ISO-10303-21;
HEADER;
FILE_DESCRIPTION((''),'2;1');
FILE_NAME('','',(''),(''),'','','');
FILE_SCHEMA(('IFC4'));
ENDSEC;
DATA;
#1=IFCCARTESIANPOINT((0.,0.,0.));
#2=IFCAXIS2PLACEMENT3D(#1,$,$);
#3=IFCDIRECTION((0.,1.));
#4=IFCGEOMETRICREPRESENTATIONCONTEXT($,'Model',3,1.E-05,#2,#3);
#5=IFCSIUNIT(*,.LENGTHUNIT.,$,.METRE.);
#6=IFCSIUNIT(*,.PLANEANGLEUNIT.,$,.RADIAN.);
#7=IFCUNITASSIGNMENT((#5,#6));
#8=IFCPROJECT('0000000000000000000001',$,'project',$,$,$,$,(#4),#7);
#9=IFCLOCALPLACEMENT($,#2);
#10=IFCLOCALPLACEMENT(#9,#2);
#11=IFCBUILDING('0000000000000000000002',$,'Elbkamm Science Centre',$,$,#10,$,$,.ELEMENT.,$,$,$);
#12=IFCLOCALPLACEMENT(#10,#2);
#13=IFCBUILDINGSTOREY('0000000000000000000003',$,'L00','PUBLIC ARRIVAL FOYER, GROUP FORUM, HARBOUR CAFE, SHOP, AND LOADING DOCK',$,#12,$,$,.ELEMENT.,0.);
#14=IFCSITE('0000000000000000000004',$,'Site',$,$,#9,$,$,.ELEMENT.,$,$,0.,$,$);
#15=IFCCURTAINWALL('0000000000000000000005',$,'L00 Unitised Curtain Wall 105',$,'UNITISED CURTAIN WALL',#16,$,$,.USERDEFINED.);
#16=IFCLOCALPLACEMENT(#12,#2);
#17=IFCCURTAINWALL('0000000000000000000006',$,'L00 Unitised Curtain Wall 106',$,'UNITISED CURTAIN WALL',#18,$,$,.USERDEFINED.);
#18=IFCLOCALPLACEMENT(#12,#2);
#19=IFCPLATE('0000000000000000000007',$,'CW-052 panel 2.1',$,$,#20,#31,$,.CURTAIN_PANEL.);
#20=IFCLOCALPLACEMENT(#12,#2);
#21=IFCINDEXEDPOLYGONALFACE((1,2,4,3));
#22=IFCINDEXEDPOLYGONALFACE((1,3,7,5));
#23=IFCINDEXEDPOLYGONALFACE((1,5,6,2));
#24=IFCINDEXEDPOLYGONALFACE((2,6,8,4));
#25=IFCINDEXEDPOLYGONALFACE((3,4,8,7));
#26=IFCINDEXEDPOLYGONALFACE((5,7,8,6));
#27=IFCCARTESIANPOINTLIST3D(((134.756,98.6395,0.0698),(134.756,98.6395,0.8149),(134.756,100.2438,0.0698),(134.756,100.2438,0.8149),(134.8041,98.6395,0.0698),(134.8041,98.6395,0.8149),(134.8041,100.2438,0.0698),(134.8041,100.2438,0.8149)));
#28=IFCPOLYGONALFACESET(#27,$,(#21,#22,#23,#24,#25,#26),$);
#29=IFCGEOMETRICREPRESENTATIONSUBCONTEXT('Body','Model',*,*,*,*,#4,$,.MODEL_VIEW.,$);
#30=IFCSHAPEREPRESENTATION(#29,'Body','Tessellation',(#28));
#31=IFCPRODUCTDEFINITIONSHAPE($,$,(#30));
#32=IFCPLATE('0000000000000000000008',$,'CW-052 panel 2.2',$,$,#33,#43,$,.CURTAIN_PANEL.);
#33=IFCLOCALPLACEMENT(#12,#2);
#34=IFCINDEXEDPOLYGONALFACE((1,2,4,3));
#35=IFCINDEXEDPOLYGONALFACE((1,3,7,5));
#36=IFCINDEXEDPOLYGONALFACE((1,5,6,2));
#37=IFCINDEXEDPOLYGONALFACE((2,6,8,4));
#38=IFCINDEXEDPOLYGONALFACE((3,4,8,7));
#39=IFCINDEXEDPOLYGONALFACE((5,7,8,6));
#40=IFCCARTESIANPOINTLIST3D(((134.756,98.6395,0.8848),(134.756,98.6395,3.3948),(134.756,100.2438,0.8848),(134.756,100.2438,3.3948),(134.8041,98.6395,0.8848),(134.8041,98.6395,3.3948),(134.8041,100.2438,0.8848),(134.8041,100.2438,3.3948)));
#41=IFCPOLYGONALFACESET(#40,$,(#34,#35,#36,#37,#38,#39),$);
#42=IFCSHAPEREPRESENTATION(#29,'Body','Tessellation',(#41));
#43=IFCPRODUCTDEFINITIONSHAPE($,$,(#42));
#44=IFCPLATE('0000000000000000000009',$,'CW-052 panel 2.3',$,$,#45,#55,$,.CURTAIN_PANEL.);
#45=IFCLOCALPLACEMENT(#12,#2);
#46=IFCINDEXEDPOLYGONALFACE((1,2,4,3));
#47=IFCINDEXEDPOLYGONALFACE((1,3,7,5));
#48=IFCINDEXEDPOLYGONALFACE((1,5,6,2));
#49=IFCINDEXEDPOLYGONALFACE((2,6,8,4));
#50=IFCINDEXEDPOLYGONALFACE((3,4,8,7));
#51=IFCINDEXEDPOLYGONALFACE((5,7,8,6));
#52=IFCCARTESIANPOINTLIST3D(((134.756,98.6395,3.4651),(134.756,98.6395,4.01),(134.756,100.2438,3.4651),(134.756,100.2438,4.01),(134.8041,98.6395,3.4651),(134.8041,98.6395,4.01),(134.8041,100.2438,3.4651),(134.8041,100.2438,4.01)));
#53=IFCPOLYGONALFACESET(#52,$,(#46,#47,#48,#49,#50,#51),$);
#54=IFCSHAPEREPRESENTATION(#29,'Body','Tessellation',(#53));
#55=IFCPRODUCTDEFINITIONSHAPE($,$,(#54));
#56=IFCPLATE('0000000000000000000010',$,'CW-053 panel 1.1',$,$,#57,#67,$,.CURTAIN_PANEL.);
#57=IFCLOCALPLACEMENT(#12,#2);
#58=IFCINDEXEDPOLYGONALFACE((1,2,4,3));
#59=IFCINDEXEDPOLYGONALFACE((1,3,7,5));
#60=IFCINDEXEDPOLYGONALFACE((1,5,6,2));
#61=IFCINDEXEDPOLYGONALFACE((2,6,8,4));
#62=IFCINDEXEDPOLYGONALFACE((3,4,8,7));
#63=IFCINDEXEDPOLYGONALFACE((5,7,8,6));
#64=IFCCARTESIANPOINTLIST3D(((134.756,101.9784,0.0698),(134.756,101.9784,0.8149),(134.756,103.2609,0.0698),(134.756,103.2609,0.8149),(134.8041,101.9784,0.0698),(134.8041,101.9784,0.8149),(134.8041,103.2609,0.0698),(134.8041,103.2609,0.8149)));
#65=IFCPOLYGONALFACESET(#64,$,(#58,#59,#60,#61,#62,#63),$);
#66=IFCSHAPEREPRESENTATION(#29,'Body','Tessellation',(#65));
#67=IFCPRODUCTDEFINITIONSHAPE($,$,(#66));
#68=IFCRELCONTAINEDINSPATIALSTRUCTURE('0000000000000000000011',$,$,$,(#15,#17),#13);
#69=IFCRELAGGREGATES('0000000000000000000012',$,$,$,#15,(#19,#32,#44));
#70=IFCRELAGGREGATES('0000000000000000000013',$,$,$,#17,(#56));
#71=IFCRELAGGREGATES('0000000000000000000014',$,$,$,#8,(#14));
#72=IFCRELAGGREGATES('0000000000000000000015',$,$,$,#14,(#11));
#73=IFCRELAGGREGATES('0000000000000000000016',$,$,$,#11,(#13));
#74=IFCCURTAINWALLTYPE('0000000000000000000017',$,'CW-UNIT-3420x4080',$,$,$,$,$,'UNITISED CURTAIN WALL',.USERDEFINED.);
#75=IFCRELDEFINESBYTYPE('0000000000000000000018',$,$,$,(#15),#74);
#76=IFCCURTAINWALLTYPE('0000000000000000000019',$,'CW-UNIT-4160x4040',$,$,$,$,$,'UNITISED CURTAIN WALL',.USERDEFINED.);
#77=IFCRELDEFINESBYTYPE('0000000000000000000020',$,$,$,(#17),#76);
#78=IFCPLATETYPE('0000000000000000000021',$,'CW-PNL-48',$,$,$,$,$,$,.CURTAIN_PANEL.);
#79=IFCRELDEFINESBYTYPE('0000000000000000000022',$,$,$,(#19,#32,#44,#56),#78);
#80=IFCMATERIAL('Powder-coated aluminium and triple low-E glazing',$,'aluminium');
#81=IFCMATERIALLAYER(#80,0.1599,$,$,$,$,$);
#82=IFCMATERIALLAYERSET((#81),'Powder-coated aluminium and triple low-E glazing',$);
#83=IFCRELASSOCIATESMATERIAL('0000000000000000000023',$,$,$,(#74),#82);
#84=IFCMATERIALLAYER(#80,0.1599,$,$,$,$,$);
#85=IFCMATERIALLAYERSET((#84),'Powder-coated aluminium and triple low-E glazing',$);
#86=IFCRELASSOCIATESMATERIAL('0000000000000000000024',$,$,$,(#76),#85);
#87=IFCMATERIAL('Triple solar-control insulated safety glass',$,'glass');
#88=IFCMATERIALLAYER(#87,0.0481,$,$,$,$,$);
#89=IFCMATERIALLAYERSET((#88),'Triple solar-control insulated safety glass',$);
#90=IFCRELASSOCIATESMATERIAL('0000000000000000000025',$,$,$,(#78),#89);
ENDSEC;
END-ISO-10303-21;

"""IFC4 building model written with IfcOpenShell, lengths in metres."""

from ifc_helpers import new_model, si_unit, direction, frame, origin, origin_2d, place, context, subcontext, project, spatial, rectangle, extrude, material, layer, layer_set, type_object, element, aggregate, save


model = new_model("IFC4")

# Units and contexts
model_context = context("Model", 3, precision=1e-05, world=origin(), true_north=direction((0.0, 1.0)))
body_context = subcontext(model_context, "Body", "Model", "MODEL_VIEW")
ifc_project = project(units=[si_unit("LENGTHUNIT", "METRE"), si_unit("PLANEANGLEUNIT", "RADIAN")], contexts=[model_context])

# Site, building, storey
site_placement = place(None, origin())
site = spatial("IfcSite", under=ifc_project, at=site_placement, Name="Site", CompositionType="ELEMENT", RefElevation=0.0)
building_placement = place(site_placement, origin())
building = spatial("IfcBuilding", under=site, at=building_placement, Name="Elbkamm Science Centre", CompositionType="ELEMENT")
storey_placement = place(building_placement, origin())
storey = spatial("IfcBuildingStorey", under=building, at=storey_placement, Name="L00", Description="PUBLIC ARRIVAL FOYER, GROUP FORUM, HARBOUR CAFE, SHOP, AND LOADING DOCK", CompositionType="ELEMENT", Elevation=0.0)

# Curtain wall
ifc_material_1 = material(Name="Powder-coated aluminium and triple low-E glazing", Category="aluminium")
ifc_layer_1 = layer(ifc_material_1, 0.1599)
ifc_layer_set_1 = layer_set([ifc_layer_1], Name="Powder-coated aluminium and triple low-E glazing")
curtain_wall_type_1 = type_object("IfcCurtainWallType", Name="CW-UNIT-3420x4080", ElementType="UNITISED CURTAIN WALL", PredefinedType="USERDEFINED", material=ifc_layer_set_1)
curtain_wall_1_placement = place(storey_placement, origin())
curtain_wall_1 = element("IfcCurtainWall", 1, at=curtain_wall_1_placement, inside=storey, type_object=curtain_wall_type_1, Name="L00 Unitised Curtain Wall 105", ObjectType="UNITISED CURTAIN WALL", PredefinedType="USERDEFINED")

# Curtain wall
ifc_layer_2 = layer(ifc_material_1, 0.1599)
ifc_layer_set_2 = layer_set([ifc_layer_2], Name="Powder-coated aluminium and triple low-E glazing")
curtain_wall_type_2 = type_object("IfcCurtainWallType", Name="CW-UNIT-4160x4040", ElementType="UNITISED CURTAIN WALL", PredefinedType="USERDEFINED", material=ifc_layer_set_2)
curtain_wall_2_placement = place(storey_placement, origin())
curtain_wall_2 = element("IfcCurtainWall", 2, at=curtain_wall_2_placement, inside=storey, type_object=curtain_wall_type_2, Name="L00 Unitised Curtain Wall 106", ObjectType="UNITISED CURTAIN WALL", PredefinedType="USERDEFINED")

# Plates
ifc_material_2 = material(Name="Triple solar-control insulated safety glass", Category="glass")
ifc_layer_3 = layer(ifc_material_2, 0.0481)
ifc_layer_set_3 = layer_set([ifc_layer_3], Name="Triple solar-control insulated safety glass")
plate_type = type_object("IfcPlateType", Name="CW-PNL-48", PredefinedType="CURTAIN_PANEL", material=ifc_layer_set_3)
plate_1_placement = place(storey_placement, frame((134.78, 99.4417, 0.0698), z_axis=(0.0, 0.0, 1.0), x_axis=(0.0, 1.0, 0.0)))
plate_1 = element("IfcPlate", 3, at=plate_1_placement, type_object=plate_type, Name="CW-052 panel 2.1", PredefinedType="CURTAIN_PANEL", context=body_context, shape_type="SweptSolid", body=[
    extrude(rectangle(XDim=1.6042, YDim=0.0481, at=origin_2d()), origin(), (0.0, 0.0, 1.0), 0.7451),
])
plate_2_placement = place(storey_placement, frame((134.78, 99.4417, 0.8848), z_axis=(0.0, 0.0, 1.0), x_axis=(0.0, 1.0, 0.0)))
plate_2 = element("IfcPlate", 4, at=plate_2_placement, type_object=plate_type, Name="CW-052 panel 2.2", PredefinedType="CURTAIN_PANEL", context=body_context, shape_type="SweptSolid", body=[
    extrude(rectangle(XDim=1.6042, YDim=0.0481, at=origin_2d()), origin(), (0.0, 0.0, 1.0), 2.51),
])
plate_3_placement = place(storey_placement, frame((134.78, 99.4417, 3.4651), z_axis=(0.0, 0.0, 1.0), x_axis=(0.0, 1.0, 0.0)))
plate_3 = element("IfcPlate", 5, at=plate_3_placement, type_object=plate_type, Name="CW-052 panel 2.3", PredefinedType="CURTAIN_PANEL", context=body_context, shape_type="SweptSolid", body=[
    extrude(rectangle(XDim=1.6042, YDim=0.0481, at=origin_2d()), origin(), (0.0, 0.0, 1.0), 0.5449),
])
aggregate(curtain_wall_1, [plate_1, plate_2, plate_3])
plate_4_placement = place(storey_placement, frame((134.78, 102.6196, 0.0698), z_axis=(0.0, 0.0, 1.0), x_axis=(0.0, 1.0, 0.0)))
plate_4 = element("IfcPlate", 6, at=plate_4_placement, type_object=plate_type, Name="CW-053 panel 1.1", PredefinedType="CURTAIN_PANEL", context=body_context, shape_type="SweptSolid", body=[
    extrude(rectangle(XDim=1.2825, YDim=0.0481, at=origin_2d()), origin(), (0.0, 0.0, 1.0), 0.7451),
])
aggregate(curtain_wall_2, [plate_4])

save(model, "model.ifc")
